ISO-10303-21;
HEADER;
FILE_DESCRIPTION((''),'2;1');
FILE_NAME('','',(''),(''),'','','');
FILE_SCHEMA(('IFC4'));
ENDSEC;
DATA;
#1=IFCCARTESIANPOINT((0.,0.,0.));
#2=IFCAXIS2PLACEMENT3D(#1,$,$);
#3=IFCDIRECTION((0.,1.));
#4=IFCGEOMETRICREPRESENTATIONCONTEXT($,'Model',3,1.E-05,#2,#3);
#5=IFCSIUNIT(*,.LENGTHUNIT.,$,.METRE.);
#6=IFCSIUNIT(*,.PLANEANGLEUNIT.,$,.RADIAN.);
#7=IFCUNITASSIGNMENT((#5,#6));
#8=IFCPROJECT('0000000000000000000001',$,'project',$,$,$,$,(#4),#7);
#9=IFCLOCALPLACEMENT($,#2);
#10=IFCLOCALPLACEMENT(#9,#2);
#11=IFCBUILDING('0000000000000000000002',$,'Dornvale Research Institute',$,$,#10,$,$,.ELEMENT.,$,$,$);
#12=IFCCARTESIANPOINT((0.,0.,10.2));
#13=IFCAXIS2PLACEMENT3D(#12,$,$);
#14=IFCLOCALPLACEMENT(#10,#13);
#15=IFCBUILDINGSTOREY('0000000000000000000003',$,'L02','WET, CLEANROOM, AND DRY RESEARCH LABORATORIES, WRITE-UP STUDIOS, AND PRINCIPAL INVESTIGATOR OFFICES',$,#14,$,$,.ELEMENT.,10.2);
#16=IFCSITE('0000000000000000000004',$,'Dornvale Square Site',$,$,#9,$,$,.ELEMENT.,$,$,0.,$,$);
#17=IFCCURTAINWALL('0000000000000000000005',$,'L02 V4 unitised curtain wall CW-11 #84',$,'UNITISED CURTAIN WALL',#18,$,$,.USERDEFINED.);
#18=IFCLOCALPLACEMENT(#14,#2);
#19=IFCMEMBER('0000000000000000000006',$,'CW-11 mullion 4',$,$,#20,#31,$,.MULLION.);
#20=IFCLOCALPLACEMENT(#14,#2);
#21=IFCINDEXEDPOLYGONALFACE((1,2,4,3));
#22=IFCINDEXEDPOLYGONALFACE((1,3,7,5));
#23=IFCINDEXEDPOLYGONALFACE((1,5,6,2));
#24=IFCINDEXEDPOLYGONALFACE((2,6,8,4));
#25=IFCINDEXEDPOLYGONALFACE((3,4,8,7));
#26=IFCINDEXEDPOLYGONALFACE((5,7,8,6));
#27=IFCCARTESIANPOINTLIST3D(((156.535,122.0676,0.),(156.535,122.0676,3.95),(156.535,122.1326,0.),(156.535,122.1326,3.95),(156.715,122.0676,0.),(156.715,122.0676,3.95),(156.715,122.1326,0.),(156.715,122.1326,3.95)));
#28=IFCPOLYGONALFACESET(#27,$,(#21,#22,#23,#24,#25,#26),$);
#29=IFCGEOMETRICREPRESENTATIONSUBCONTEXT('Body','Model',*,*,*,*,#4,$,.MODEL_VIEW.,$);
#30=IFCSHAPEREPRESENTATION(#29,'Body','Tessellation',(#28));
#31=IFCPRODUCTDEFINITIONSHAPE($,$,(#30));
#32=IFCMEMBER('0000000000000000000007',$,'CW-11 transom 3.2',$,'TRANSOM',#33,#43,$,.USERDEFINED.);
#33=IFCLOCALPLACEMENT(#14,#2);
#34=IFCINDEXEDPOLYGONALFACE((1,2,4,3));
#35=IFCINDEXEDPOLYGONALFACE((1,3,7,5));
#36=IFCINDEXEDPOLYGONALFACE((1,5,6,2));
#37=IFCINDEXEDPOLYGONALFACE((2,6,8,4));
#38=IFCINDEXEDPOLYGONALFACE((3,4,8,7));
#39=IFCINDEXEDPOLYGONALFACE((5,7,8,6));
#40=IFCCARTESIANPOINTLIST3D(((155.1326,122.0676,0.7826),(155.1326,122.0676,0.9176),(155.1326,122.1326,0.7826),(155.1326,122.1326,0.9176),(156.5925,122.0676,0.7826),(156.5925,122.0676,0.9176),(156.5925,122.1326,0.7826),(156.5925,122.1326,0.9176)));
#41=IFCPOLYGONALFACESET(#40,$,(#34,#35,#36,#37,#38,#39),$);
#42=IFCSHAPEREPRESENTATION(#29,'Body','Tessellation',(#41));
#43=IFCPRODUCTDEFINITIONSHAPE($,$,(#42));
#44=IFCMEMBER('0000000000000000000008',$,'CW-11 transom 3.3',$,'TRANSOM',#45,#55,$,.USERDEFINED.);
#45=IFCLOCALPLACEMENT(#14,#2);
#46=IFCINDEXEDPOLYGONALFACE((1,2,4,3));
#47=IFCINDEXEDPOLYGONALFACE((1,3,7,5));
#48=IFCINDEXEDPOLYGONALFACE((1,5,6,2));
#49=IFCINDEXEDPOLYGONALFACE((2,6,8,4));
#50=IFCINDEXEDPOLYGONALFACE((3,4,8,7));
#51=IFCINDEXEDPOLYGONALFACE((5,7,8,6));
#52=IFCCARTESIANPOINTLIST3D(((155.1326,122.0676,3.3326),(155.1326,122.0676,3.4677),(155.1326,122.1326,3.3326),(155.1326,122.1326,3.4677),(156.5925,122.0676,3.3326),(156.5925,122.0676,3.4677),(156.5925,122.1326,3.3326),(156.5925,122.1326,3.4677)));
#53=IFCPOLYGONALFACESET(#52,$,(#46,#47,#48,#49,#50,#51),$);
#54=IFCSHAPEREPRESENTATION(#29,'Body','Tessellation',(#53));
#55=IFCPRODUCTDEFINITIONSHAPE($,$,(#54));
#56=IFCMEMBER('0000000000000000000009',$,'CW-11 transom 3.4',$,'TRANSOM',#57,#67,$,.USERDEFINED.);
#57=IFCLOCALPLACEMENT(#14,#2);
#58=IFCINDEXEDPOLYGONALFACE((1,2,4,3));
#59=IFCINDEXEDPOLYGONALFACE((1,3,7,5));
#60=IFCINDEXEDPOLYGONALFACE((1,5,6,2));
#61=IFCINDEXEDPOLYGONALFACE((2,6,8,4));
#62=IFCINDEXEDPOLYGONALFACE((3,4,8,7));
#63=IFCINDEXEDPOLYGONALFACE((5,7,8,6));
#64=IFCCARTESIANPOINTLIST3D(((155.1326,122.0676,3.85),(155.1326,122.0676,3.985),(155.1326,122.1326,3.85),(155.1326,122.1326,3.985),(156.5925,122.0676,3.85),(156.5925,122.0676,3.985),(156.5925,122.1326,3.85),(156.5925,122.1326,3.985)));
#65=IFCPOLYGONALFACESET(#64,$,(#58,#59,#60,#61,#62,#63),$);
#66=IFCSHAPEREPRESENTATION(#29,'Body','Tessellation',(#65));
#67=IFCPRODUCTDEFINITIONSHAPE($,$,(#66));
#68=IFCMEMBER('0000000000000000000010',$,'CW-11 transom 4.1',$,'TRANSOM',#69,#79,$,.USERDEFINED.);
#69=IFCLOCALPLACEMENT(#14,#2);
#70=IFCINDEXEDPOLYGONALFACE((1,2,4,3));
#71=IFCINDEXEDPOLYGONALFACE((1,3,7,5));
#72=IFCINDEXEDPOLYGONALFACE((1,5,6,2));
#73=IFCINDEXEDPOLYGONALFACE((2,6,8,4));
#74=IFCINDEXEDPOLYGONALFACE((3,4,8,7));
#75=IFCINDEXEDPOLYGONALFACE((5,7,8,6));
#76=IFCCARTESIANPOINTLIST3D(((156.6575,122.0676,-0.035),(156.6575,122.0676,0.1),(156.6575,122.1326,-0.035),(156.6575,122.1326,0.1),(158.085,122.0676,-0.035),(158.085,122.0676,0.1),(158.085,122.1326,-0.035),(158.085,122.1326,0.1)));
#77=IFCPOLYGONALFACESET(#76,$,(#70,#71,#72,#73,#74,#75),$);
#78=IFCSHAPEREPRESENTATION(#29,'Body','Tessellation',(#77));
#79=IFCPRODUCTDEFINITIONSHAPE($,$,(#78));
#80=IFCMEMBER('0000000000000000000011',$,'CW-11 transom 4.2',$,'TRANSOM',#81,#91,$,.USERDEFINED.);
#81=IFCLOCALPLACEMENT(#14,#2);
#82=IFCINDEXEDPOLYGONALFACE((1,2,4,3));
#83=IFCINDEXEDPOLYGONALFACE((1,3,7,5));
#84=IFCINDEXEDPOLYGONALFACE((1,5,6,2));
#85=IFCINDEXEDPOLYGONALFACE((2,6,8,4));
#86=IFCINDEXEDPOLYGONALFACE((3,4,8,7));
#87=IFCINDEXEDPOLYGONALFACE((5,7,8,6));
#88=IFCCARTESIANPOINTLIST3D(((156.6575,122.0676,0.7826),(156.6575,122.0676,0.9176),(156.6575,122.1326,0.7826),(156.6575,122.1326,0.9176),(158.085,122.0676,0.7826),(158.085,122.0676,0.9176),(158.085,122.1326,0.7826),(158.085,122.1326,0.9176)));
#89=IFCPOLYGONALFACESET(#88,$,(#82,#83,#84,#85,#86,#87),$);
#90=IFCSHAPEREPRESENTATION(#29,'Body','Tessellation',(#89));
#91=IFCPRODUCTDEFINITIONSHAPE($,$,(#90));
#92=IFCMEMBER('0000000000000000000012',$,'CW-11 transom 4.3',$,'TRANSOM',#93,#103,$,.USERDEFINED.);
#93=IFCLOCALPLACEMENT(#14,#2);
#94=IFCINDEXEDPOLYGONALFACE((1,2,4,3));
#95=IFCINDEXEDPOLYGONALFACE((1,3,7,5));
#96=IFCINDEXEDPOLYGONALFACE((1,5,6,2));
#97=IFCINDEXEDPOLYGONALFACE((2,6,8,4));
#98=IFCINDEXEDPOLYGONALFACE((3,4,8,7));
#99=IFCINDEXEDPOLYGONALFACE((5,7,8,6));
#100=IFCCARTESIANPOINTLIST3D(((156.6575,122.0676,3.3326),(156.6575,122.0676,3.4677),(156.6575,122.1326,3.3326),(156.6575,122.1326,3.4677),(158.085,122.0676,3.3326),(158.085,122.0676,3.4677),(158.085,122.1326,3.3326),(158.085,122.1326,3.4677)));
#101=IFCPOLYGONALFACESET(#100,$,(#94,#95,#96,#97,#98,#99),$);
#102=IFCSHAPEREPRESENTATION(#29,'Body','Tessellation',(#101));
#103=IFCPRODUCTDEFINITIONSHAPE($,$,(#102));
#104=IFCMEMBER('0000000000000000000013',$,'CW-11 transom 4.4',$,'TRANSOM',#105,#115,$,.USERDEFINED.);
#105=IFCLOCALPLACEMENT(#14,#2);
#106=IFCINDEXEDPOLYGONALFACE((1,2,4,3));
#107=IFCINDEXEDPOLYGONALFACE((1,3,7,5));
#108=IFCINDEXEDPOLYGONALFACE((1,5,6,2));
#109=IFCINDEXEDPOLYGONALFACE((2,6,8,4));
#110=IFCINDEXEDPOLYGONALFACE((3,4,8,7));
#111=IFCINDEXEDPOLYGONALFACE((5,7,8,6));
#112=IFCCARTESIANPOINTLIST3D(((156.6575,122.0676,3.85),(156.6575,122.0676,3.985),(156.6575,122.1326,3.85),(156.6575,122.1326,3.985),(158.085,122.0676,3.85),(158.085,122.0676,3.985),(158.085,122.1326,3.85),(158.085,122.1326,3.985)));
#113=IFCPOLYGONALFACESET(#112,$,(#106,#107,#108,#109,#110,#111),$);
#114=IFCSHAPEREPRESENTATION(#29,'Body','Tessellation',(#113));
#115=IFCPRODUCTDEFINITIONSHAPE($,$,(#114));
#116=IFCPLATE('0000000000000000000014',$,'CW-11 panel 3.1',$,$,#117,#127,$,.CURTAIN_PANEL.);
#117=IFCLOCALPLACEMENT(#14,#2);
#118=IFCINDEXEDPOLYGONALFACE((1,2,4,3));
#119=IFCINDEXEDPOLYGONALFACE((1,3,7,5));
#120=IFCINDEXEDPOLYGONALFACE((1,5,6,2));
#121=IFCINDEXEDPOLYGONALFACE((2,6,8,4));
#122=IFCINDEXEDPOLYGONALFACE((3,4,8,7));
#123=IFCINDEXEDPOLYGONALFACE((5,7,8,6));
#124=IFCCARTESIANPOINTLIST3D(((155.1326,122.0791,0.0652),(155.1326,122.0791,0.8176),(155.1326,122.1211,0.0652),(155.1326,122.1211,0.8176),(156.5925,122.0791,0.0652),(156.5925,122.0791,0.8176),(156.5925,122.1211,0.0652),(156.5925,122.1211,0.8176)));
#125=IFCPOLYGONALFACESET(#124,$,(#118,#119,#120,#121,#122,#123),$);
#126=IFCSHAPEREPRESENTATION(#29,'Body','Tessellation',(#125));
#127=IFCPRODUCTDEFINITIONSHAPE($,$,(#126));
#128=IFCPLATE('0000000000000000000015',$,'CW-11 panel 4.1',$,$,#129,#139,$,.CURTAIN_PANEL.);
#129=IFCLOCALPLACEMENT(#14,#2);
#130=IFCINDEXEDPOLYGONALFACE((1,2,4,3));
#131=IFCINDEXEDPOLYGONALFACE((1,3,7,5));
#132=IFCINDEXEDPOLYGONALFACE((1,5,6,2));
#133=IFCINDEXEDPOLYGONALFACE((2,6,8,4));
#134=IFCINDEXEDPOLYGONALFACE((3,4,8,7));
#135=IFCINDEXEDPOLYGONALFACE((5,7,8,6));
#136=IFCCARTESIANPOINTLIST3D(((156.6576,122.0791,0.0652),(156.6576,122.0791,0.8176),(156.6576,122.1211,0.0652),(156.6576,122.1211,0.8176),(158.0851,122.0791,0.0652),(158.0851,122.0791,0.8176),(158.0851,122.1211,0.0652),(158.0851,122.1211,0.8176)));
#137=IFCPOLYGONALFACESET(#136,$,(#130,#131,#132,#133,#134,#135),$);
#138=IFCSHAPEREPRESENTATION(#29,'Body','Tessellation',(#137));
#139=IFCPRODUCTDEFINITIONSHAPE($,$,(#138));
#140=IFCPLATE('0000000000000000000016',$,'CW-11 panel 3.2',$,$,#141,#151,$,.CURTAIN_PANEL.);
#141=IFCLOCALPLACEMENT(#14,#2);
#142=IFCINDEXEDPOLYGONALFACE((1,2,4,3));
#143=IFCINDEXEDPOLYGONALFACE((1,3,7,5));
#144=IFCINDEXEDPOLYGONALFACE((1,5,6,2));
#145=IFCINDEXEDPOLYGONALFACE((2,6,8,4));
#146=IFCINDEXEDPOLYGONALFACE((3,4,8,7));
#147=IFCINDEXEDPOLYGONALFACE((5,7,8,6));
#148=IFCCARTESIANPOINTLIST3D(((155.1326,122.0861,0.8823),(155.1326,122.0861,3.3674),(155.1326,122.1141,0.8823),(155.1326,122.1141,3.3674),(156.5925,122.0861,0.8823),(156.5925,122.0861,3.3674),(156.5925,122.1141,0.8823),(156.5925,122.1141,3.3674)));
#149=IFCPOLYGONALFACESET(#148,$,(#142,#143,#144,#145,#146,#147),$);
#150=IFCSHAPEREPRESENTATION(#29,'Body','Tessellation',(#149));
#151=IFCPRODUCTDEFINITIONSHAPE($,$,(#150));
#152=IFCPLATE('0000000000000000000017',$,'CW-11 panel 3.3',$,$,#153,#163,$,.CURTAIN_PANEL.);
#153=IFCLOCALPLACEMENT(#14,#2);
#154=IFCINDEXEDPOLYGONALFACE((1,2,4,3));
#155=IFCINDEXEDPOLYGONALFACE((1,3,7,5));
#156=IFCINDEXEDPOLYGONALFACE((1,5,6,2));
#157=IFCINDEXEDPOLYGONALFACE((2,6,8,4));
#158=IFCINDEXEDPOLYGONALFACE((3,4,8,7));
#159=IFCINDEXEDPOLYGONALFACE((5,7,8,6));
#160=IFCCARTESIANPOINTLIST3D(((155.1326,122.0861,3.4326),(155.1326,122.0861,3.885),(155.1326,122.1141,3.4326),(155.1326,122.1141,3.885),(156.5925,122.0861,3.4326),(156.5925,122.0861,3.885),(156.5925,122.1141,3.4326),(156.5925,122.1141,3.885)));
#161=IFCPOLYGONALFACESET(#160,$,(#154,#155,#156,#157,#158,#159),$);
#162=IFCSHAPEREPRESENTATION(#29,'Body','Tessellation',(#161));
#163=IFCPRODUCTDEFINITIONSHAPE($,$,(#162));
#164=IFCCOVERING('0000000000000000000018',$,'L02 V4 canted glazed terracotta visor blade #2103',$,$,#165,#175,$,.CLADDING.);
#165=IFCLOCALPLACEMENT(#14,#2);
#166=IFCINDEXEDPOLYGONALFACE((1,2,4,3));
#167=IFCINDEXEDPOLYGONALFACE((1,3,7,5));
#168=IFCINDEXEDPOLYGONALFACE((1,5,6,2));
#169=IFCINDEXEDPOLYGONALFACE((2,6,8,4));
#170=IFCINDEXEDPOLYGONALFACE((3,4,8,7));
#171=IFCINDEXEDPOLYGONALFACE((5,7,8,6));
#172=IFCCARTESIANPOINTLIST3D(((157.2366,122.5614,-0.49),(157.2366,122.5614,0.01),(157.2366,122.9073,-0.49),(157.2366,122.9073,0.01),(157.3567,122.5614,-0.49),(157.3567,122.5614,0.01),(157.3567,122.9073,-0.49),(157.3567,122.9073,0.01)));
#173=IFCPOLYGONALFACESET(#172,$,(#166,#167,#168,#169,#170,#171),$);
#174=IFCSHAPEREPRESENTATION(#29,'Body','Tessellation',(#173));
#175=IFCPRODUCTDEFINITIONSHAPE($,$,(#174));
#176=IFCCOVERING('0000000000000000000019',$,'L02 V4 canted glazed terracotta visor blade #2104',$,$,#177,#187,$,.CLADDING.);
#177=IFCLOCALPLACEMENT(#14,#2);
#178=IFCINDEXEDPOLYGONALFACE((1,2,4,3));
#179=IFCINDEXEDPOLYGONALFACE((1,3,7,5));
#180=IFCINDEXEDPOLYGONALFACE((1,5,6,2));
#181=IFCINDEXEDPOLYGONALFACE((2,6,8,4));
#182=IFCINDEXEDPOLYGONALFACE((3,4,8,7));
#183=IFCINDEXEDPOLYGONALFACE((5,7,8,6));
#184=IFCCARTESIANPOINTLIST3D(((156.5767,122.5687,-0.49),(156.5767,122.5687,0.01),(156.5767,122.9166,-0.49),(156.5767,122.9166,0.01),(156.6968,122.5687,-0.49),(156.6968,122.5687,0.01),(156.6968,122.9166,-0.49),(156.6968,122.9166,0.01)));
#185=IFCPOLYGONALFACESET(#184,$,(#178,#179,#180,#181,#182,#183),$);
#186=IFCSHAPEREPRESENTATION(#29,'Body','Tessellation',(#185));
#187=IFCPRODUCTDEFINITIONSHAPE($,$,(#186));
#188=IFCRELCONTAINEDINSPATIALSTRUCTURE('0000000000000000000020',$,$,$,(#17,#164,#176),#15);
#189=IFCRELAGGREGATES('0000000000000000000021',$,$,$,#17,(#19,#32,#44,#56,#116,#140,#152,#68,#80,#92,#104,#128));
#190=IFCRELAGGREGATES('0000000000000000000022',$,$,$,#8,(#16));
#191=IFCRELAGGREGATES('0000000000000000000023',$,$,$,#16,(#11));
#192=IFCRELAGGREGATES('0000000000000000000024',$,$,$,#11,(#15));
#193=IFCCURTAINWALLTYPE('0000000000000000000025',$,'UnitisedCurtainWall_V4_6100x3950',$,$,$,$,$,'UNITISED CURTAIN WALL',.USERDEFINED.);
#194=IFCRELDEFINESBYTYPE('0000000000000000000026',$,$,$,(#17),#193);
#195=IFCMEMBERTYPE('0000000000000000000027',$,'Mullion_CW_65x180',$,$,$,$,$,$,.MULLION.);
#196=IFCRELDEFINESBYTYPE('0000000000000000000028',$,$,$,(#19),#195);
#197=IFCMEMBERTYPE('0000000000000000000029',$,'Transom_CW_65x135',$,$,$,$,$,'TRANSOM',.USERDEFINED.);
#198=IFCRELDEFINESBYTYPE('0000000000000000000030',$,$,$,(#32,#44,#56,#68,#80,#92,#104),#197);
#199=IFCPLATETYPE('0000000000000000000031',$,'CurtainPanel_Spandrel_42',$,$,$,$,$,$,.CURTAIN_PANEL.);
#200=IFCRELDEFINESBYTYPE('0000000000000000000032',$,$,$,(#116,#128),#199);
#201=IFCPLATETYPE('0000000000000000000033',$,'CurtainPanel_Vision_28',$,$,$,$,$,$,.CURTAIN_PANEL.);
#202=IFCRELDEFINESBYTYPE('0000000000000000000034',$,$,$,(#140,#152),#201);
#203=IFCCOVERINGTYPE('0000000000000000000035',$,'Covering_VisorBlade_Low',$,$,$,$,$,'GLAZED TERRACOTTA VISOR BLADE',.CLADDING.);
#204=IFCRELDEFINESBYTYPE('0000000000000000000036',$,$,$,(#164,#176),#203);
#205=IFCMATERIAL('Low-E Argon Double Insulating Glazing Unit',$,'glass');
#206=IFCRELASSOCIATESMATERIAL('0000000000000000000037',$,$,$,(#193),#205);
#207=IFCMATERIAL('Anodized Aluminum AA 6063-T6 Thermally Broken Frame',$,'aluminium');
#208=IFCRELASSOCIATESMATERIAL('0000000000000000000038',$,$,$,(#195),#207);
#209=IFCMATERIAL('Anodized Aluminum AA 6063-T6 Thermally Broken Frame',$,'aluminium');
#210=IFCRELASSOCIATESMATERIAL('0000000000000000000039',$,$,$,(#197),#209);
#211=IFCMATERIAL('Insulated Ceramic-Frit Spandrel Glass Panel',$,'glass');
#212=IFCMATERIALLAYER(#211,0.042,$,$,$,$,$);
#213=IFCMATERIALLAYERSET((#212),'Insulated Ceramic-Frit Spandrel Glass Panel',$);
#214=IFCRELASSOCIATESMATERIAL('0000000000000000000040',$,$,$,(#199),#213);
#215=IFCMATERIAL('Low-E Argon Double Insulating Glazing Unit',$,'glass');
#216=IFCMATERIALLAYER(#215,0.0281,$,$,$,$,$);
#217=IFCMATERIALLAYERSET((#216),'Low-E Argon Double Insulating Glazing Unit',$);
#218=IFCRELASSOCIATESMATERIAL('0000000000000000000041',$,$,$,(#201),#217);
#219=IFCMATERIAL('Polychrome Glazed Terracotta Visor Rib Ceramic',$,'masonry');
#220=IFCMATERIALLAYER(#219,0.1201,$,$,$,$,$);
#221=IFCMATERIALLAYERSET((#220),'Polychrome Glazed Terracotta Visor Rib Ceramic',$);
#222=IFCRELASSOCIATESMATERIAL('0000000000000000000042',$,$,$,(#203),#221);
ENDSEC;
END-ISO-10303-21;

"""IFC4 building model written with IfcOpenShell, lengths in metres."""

from ifc_helpers import new_model, si_unit, direction, frame, origin, origin_2d, place, context, subcontext, project, spatial, rectangle, extrude, material, layer, layer_set, material_profile, profile_set, type_object, element, aggregate, save


model = new_model("IFC4")

# Units and contexts
model_context = context("Model", 3, precision=1e-05, world=origin(), true_north=direction((0.0, 1.0)))
body_context = subcontext(model_context, "Body", "Model", "MODEL_VIEW")
ifc_project = project(units=[si_unit("LENGTHUNIT", "METRE"), si_unit("PLANEANGLEUNIT", "RADIAN")], contexts=[model_context])

# Site, building, storey
site_placement = place(None, origin())
site = spatial("IfcSite", under=ifc_project, at=site_placement, Name="Dornvale Square Site", CompositionType="ELEMENT", RefElevation=0.0)
building_placement = place(site_placement, origin())
building = spatial("IfcBuilding", under=site, at=building_placement, Name="Dornvale Research Institute", CompositionType="ELEMENT")
storey_placement = place(building_placement, frame((0.0, 0.0, 10.2)))
storey = spatial("IfcBuildingStorey", under=building, at=storey_placement, Name="L02", Description="WET, CLEANROOM, AND DRY RESEARCH LABORATORIES, WRITE-UP STUDIOS, AND PRINCIPAL INVESTIGATOR OFFICES", CompositionType="ELEMENT", Elevation=10.2)

# Curtain wall, members, plates
ifc_material_1 = material(Name="Low-E Argon Double Insulating Glazing Unit", Category="glass")
curtain_wall_type = type_object("IfcCurtainWallType", Name="UnitisedCurtainWall_V4_6100x3950", ElementType="UNITISED CURTAIN WALL", PredefinedType="USERDEFINED", material=ifc_material_1)
curtain_wall_placement = place(storey_placement, origin())
curtain_wall = element("IfcCurtainWall", 1, at=curtain_wall_placement, inside=storey, type_object=curtain_wall_type, Name="L02 V4 unitised curtain wall CW-11 #84", ObjectType="UNITISED CURTAIN WALL", PredefinedType="USERDEFINED")
ifc_material_2 = material(Name="Anodized Aluminum AA 6063-T6 Thermally Broken Frame", Category="aluminium")
ifc_material_profile_1 = material_profile(ifc_material_2, rectangle(XDim=0.0649, YDim=0.1799, at=origin_2d()), Name="ALU MULLION 65x180")
ifc_profile_set_1 = profile_set([ifc_material_profile_1], Name="Anodized Aluminum AA 6063-T6 Thermally Broken Frame")
member_type_1 = type_object("IfcMemberType", Name="Mullion_CW_65x180", PredefinedType="MULLION", material=ifc_profile_set_1)
member_1_placement = place(storey_placement, frame((156.625, 122.1001, 0.0), z_axis=(0.0, 0.0, 1.0), x_axis=(0.0, 1.0, 0.0)))
member_1 = element("IfcMember", 2, at=member_1_placement, type_object=member_type_1, Name="CW-11 mullion 4", PredefinedType="MULLION", context=body_context, shape_type="SweptSolid", body=[
    extrude(rectangle(XDim=0.0649, YDim=0.1799, at=origin_2d()), origin(), (0.0, 0.0, 1.0), 3.95),
])
ifc_material_3 = material(Name="Anodized Aluminum AA 6063-T6 Thermally Broken Frame", Category="aluminium")
ifc_material_profile_2 = material_profile(ifc_material_3, rectangle(XDim=0.0649, YDim=0.135, at=origin_2d()), Name="ALU TRANSOM 65x135")
ifc_profile_set_2 = profile_set([ifc_material_profile_2], Name="Anodized Aluminum AA 6063-T6 Thermally Broken Frame")
member_type_2 = type_object("IfcMemberType", Name="Transom_CW_65x135", ElementType="TRANSOM", PredefinedType="USERDEFINED", material=ifc_profile_set_2)
member_2_placement = place(storey_placement, frame((155.1326, 122.1001, 0.8501), z_axis=(1.0, 0.0, 0.0), x_axis=(0.0, 1.0, 0.0)))
member_2 = element("IfcMember", 3, at=member_2_placement, type_object=member_type_2, Name="CW-11 transom 3.2", ObjectType="TRANSOM", PredefinedType="USERDEFINED", context=body_context, shape_type="SweptSolid", body=[
    extrude(rectangle(XDim=0.0649, YDim=0.135, at=origin_2d()), origin(), (0.0, 0.0, 1.0), 1.46),
])
member_3_placement = place(storey_placement, frame((155.1326, 122.1001, 3.4001), z_axis=(1.0, 0.0, 0.0), x_axis=(0.0, 1.0, 0.0)))
member_3 = element("IfcMember", 4, at=member_3_placement, type_object=member_type_2, Name="CW-11 transom 3.3", ObjectType="TRANSOM", PredefinedType="USERDEFINED", context=body_context, shape_type="SweptSolid", body=[
    extrude(rectangle(XDim=0.0649, YDim=0.135, at=origin_2d()), origin(), (0.0, 0.0, 1.0), 1.46),
])
member_4_placement = place(storey_placement, frame((155.1326, 122.1001, 3.9175), z_axis=(1.0, 0.0, 0.0), x_axis=(0.0, 1.0, 0.0)))
member_4 = element("IfcMember", 5, at=member_4_placement, type_object=member_type_2, Name="CW-11 transom 3.4", ObjectType="TRANSOM", PredefinedType="USERDEFINED", context=body_context, shape_type="SweptSolid", body=[
    extrude(rectangle(XDim=0.0649, YDim=0.135, at=origin_2d()), origin(), (0.0, 0.0, 1.0), 1.46),
])
member_5_placement = place(storey_placement, frame((156.6575, 122.1001, 0.0325), z_axis=(1.0, 0.0, 0.0), x_axis=(0.0, 1.0, 0.0)))
member_5 = element("IfcMember", 6, at=member_5_placement, type_object=member_type_2, Name="CW-11 transom 4.1", ObjectType="TRANSOM", PredefinedType="USERDEFINED", context=body_context, shape_type="SweptSolid", body=[
    extrude(rectangle(XDim=0.0649, YDim=0.135, at=origin_2d()), origin(), (0.0, 0.0, 1.0), 1.4275),
])
member_6_placement = place(storey_placement, frame((156.6575, 122.1001, 0.8501), z_axis=(1.0, 0.0, 0.0), x_axis=(0.0, 1.0, 0.0)))
member_6 = element("IfcMember", 7, at=member_6_placement, type_object=member_type_2, Name="CW-11 transom 4.2", ObjectType="TRANSOM", PredefinedType="USERDEFINED", context=body_context, shape_type="SweptSolid", body=[
    extrude(rectangle(XDim=0.0649, YDim=0.135, at=origin_2d()), origin(), (0.0, 0.0, 1.0), 1.4275),
])
member_7_placement = place(storey_placement, frame((156.6575, 122.1001, 3.4001), z_axis=(1.0, 0.0, 0.0), x_axis=(0.0, 1.0, 0.0)))
member_7 = element("IfcMember", 8, at=member_7_placement, type_object=member_type_2, Name="CW-11 transom 4.3", ObjectType="TRANSOM", PredefinedType="USERDEFINED", context=body_context, shape_type="SweptSolid", body=[
    extrude(rectangle(XDim=0.0649, YDim=0.135, at=origin_2d()), origin(), (0.0, 0.0, 1.0), 1.4275),
])
member_8_placement = place(storey_placement, frame((156.6575, 122.1001, 3.9175), z_axis=(1.0, 0.0, 0.0), x_axis=(0.0, 1.0, 0.0)))
member_8 = element("IfcMember", 9, at=member_8_placement, type_object=member_type_2, Name="CW-11 transom 4.4", ObjectType="TRANSOM", PredefinedType="USERDEFINED", context=body_context, shape_type="SweptSolid", body=[
    extrude(rectangle(XDim=0.0649, YDim=0.135, at=origin_2d()), origin(), (0.0, 0.0, 1.0), 1.4275),
])
ifc_material_4 = material(Name="Insulated Ceramic-Frit Spandrel Glass Panel", Category="glass")
ifc_layer_1 = layer(ifc_material_4, 0.042)
ifc_layer_set_1 = layer_set([ifc_layer_1], Name="Insulated Ceramic-Frit Spandrel Glass Panel")
plate_type_1 = type_object("IfcPlateType", Name="CurtainPanel_Spandrel_42", PredefinedType="CURTAIN_PANEL", material=ifc_layer_set_1)
plate_1_placement = place(storey_placement, frame((155.8625, 122.1001, 0.0652), z_axis=(0.0, 0.0, 1.0), x_axis=(1.0, 0.0, 0.0)))
plate_1 = element("IfcPlate", 10, at=plate_1_placement, type_object=plate_type_1, Name="CW-11 panel 3.1", PredefinedType="CURTAIN_PANEL", context=body_context, shape_type="SweptSolid", body=[
    extrude(rectangle(XDim=1.46, YDim=0.042, at=origin_2d()), origin(), (0.0, 0.0, 1.0), 0.7524),
])
plate_2_placement = place(storey_placement, frame((157.3713, 122.1001, 0.0652), z_axis=(0.0, 0.0, 1.0), x_axis=(1.0, 0.0, 0.0)))
plate_2 = element("IfcPlate", 11, at=plate_2_placement, type_object=plate_type_1, Name="CW-11 panel 4.1", PredefinedType="CURTAIN_PANEL", context=body_context, shape_type="SweptSolid", body=[
    extrude(rectangle(XDim=1.4275, YDim=0.042, at=origin_2d()), origin(), (0.0, 0.0, 1.0), 0.7524),
])
ifc_material_5 = material(Name="Low-E Argon Double Insulating Glazing Unit", Category="glass")
ifc_layer_2 = layer(ifc_material_5, 0.0281)
ifc_layer_set_2 = layer_set([ifc_layer_2], Name="Low-E Argon Double Insulating Glazing Unit")
plate_type_2 = type_object("IfcPlateType", Name="CurtainPanel_Vision_28", PredefinedType="CURTAIN_PANEL", material=ifc_layer_set_2)
plate_3_placement = place(storey_placement, frame((155.8625, 122.1001, 0.8823), z_axis=(0.0, 0.0, 1.0), x_axis=(1.0, 0.0, 0.0)))
plate_3 = element("IfcPlate", 12, at=plate_3_placement, type_object=plate_type_2, Name="CW-11 panel 3.2", PredefinedType="CURTAIN_PANEL", context=body_context, shape_type="SweptSolid", body=[
    extrude(rectangle(XDim=1.46, YDim=0.0281, at=origin_2d()), origin(), (0.0, 0.0, 1.0), 2.4851),
])
plate_4_placement = place(storey_placement, frame((155.8625, 122.1001, 3.4326), z_axis=(0.0, 0.0, 1.0), x_axis=(1.0, 0.0, 0.0)))
plate_4 = element("IfcPlate", 13, at=plate_4_placement, type_object=plate_type_2, Name="CW-11 panel 3.3", PredefinedType="CURTAIN_PANEL", context=body_context, shape_type="SweptSolid", body=[
    extrude(rectangle(XDim=1.46, YDim=0.0281, at=origin_2d()), origin(), (0.0, 0.0, 1.0), 0.4524),
])
aggregate(curtain_wall, [member_1, member_2, member_3, member_4, plate_1, plate_3, plate_4, member_5, member_6, member_7, member_8, plate_2])

# Coverings
ifc_material_6 = material(Name="Polychrome Glazed Terracotta Visor Rib Ceramic", Category="masonry")
ifc_layer_3 = layer(ifc_material_6, 0.1201)
ifc_layer_set_3 = layer_set([ifc_layer_3], Name="Polychrome Glazed Terracotta Visor Rib Ceramic")
covering_type = type_object("IfcCoveringType", Name="Covering_VisorBlade_Low", ElementType="GLAZED TERRACOTTA VISOR BLADE", PredefinedType="CLADDING", material=ifc_layer_set_3)
covering_1_placement = place(storey_placement, frame((157.2966, 122.7344, -0.49), z_axis=(0.0, 0.0, 1.0), x_axis=(0.0, 1.0, 0.0)))
element("IfcCovering", 14, at=covering_1_placement, inside=storey, type_object=covering_type, Name="L02 V4 canted glazed terracotta visor blade #2103", PredefinedType="CLADDING", context=body_context, shape_type="SweptSolid", body=[
    extrude(rectangle(XDim=0.3459, YDim=0.1201, at=origin_2d()), origin(), (0.0, 0.0, 1.0), 0.5),
])
covering_2_placement = place(storey_placement, frame((156.6367, 122.7427, -0.49), z_axis=(0.0, 0.0, 1.0), x_axis=(0.0, 1.0, 0.0)))
element("IfcCovering", 15, at=covering_2_placement, inside=storey, type_object=covering_type, Name="L02 V4 canted glazed terracotta visor blade #2104", PredefinedType="CLADDING", context=body_context, shape_type="SweptSolid", body=[
    extrude(rectangle(XDim=0.3479, YDim=0.1201, at=origin_2d()), origin(), (0.0, 0.0, 1.0), 0.5),
])

save(model, "model.ifc")
